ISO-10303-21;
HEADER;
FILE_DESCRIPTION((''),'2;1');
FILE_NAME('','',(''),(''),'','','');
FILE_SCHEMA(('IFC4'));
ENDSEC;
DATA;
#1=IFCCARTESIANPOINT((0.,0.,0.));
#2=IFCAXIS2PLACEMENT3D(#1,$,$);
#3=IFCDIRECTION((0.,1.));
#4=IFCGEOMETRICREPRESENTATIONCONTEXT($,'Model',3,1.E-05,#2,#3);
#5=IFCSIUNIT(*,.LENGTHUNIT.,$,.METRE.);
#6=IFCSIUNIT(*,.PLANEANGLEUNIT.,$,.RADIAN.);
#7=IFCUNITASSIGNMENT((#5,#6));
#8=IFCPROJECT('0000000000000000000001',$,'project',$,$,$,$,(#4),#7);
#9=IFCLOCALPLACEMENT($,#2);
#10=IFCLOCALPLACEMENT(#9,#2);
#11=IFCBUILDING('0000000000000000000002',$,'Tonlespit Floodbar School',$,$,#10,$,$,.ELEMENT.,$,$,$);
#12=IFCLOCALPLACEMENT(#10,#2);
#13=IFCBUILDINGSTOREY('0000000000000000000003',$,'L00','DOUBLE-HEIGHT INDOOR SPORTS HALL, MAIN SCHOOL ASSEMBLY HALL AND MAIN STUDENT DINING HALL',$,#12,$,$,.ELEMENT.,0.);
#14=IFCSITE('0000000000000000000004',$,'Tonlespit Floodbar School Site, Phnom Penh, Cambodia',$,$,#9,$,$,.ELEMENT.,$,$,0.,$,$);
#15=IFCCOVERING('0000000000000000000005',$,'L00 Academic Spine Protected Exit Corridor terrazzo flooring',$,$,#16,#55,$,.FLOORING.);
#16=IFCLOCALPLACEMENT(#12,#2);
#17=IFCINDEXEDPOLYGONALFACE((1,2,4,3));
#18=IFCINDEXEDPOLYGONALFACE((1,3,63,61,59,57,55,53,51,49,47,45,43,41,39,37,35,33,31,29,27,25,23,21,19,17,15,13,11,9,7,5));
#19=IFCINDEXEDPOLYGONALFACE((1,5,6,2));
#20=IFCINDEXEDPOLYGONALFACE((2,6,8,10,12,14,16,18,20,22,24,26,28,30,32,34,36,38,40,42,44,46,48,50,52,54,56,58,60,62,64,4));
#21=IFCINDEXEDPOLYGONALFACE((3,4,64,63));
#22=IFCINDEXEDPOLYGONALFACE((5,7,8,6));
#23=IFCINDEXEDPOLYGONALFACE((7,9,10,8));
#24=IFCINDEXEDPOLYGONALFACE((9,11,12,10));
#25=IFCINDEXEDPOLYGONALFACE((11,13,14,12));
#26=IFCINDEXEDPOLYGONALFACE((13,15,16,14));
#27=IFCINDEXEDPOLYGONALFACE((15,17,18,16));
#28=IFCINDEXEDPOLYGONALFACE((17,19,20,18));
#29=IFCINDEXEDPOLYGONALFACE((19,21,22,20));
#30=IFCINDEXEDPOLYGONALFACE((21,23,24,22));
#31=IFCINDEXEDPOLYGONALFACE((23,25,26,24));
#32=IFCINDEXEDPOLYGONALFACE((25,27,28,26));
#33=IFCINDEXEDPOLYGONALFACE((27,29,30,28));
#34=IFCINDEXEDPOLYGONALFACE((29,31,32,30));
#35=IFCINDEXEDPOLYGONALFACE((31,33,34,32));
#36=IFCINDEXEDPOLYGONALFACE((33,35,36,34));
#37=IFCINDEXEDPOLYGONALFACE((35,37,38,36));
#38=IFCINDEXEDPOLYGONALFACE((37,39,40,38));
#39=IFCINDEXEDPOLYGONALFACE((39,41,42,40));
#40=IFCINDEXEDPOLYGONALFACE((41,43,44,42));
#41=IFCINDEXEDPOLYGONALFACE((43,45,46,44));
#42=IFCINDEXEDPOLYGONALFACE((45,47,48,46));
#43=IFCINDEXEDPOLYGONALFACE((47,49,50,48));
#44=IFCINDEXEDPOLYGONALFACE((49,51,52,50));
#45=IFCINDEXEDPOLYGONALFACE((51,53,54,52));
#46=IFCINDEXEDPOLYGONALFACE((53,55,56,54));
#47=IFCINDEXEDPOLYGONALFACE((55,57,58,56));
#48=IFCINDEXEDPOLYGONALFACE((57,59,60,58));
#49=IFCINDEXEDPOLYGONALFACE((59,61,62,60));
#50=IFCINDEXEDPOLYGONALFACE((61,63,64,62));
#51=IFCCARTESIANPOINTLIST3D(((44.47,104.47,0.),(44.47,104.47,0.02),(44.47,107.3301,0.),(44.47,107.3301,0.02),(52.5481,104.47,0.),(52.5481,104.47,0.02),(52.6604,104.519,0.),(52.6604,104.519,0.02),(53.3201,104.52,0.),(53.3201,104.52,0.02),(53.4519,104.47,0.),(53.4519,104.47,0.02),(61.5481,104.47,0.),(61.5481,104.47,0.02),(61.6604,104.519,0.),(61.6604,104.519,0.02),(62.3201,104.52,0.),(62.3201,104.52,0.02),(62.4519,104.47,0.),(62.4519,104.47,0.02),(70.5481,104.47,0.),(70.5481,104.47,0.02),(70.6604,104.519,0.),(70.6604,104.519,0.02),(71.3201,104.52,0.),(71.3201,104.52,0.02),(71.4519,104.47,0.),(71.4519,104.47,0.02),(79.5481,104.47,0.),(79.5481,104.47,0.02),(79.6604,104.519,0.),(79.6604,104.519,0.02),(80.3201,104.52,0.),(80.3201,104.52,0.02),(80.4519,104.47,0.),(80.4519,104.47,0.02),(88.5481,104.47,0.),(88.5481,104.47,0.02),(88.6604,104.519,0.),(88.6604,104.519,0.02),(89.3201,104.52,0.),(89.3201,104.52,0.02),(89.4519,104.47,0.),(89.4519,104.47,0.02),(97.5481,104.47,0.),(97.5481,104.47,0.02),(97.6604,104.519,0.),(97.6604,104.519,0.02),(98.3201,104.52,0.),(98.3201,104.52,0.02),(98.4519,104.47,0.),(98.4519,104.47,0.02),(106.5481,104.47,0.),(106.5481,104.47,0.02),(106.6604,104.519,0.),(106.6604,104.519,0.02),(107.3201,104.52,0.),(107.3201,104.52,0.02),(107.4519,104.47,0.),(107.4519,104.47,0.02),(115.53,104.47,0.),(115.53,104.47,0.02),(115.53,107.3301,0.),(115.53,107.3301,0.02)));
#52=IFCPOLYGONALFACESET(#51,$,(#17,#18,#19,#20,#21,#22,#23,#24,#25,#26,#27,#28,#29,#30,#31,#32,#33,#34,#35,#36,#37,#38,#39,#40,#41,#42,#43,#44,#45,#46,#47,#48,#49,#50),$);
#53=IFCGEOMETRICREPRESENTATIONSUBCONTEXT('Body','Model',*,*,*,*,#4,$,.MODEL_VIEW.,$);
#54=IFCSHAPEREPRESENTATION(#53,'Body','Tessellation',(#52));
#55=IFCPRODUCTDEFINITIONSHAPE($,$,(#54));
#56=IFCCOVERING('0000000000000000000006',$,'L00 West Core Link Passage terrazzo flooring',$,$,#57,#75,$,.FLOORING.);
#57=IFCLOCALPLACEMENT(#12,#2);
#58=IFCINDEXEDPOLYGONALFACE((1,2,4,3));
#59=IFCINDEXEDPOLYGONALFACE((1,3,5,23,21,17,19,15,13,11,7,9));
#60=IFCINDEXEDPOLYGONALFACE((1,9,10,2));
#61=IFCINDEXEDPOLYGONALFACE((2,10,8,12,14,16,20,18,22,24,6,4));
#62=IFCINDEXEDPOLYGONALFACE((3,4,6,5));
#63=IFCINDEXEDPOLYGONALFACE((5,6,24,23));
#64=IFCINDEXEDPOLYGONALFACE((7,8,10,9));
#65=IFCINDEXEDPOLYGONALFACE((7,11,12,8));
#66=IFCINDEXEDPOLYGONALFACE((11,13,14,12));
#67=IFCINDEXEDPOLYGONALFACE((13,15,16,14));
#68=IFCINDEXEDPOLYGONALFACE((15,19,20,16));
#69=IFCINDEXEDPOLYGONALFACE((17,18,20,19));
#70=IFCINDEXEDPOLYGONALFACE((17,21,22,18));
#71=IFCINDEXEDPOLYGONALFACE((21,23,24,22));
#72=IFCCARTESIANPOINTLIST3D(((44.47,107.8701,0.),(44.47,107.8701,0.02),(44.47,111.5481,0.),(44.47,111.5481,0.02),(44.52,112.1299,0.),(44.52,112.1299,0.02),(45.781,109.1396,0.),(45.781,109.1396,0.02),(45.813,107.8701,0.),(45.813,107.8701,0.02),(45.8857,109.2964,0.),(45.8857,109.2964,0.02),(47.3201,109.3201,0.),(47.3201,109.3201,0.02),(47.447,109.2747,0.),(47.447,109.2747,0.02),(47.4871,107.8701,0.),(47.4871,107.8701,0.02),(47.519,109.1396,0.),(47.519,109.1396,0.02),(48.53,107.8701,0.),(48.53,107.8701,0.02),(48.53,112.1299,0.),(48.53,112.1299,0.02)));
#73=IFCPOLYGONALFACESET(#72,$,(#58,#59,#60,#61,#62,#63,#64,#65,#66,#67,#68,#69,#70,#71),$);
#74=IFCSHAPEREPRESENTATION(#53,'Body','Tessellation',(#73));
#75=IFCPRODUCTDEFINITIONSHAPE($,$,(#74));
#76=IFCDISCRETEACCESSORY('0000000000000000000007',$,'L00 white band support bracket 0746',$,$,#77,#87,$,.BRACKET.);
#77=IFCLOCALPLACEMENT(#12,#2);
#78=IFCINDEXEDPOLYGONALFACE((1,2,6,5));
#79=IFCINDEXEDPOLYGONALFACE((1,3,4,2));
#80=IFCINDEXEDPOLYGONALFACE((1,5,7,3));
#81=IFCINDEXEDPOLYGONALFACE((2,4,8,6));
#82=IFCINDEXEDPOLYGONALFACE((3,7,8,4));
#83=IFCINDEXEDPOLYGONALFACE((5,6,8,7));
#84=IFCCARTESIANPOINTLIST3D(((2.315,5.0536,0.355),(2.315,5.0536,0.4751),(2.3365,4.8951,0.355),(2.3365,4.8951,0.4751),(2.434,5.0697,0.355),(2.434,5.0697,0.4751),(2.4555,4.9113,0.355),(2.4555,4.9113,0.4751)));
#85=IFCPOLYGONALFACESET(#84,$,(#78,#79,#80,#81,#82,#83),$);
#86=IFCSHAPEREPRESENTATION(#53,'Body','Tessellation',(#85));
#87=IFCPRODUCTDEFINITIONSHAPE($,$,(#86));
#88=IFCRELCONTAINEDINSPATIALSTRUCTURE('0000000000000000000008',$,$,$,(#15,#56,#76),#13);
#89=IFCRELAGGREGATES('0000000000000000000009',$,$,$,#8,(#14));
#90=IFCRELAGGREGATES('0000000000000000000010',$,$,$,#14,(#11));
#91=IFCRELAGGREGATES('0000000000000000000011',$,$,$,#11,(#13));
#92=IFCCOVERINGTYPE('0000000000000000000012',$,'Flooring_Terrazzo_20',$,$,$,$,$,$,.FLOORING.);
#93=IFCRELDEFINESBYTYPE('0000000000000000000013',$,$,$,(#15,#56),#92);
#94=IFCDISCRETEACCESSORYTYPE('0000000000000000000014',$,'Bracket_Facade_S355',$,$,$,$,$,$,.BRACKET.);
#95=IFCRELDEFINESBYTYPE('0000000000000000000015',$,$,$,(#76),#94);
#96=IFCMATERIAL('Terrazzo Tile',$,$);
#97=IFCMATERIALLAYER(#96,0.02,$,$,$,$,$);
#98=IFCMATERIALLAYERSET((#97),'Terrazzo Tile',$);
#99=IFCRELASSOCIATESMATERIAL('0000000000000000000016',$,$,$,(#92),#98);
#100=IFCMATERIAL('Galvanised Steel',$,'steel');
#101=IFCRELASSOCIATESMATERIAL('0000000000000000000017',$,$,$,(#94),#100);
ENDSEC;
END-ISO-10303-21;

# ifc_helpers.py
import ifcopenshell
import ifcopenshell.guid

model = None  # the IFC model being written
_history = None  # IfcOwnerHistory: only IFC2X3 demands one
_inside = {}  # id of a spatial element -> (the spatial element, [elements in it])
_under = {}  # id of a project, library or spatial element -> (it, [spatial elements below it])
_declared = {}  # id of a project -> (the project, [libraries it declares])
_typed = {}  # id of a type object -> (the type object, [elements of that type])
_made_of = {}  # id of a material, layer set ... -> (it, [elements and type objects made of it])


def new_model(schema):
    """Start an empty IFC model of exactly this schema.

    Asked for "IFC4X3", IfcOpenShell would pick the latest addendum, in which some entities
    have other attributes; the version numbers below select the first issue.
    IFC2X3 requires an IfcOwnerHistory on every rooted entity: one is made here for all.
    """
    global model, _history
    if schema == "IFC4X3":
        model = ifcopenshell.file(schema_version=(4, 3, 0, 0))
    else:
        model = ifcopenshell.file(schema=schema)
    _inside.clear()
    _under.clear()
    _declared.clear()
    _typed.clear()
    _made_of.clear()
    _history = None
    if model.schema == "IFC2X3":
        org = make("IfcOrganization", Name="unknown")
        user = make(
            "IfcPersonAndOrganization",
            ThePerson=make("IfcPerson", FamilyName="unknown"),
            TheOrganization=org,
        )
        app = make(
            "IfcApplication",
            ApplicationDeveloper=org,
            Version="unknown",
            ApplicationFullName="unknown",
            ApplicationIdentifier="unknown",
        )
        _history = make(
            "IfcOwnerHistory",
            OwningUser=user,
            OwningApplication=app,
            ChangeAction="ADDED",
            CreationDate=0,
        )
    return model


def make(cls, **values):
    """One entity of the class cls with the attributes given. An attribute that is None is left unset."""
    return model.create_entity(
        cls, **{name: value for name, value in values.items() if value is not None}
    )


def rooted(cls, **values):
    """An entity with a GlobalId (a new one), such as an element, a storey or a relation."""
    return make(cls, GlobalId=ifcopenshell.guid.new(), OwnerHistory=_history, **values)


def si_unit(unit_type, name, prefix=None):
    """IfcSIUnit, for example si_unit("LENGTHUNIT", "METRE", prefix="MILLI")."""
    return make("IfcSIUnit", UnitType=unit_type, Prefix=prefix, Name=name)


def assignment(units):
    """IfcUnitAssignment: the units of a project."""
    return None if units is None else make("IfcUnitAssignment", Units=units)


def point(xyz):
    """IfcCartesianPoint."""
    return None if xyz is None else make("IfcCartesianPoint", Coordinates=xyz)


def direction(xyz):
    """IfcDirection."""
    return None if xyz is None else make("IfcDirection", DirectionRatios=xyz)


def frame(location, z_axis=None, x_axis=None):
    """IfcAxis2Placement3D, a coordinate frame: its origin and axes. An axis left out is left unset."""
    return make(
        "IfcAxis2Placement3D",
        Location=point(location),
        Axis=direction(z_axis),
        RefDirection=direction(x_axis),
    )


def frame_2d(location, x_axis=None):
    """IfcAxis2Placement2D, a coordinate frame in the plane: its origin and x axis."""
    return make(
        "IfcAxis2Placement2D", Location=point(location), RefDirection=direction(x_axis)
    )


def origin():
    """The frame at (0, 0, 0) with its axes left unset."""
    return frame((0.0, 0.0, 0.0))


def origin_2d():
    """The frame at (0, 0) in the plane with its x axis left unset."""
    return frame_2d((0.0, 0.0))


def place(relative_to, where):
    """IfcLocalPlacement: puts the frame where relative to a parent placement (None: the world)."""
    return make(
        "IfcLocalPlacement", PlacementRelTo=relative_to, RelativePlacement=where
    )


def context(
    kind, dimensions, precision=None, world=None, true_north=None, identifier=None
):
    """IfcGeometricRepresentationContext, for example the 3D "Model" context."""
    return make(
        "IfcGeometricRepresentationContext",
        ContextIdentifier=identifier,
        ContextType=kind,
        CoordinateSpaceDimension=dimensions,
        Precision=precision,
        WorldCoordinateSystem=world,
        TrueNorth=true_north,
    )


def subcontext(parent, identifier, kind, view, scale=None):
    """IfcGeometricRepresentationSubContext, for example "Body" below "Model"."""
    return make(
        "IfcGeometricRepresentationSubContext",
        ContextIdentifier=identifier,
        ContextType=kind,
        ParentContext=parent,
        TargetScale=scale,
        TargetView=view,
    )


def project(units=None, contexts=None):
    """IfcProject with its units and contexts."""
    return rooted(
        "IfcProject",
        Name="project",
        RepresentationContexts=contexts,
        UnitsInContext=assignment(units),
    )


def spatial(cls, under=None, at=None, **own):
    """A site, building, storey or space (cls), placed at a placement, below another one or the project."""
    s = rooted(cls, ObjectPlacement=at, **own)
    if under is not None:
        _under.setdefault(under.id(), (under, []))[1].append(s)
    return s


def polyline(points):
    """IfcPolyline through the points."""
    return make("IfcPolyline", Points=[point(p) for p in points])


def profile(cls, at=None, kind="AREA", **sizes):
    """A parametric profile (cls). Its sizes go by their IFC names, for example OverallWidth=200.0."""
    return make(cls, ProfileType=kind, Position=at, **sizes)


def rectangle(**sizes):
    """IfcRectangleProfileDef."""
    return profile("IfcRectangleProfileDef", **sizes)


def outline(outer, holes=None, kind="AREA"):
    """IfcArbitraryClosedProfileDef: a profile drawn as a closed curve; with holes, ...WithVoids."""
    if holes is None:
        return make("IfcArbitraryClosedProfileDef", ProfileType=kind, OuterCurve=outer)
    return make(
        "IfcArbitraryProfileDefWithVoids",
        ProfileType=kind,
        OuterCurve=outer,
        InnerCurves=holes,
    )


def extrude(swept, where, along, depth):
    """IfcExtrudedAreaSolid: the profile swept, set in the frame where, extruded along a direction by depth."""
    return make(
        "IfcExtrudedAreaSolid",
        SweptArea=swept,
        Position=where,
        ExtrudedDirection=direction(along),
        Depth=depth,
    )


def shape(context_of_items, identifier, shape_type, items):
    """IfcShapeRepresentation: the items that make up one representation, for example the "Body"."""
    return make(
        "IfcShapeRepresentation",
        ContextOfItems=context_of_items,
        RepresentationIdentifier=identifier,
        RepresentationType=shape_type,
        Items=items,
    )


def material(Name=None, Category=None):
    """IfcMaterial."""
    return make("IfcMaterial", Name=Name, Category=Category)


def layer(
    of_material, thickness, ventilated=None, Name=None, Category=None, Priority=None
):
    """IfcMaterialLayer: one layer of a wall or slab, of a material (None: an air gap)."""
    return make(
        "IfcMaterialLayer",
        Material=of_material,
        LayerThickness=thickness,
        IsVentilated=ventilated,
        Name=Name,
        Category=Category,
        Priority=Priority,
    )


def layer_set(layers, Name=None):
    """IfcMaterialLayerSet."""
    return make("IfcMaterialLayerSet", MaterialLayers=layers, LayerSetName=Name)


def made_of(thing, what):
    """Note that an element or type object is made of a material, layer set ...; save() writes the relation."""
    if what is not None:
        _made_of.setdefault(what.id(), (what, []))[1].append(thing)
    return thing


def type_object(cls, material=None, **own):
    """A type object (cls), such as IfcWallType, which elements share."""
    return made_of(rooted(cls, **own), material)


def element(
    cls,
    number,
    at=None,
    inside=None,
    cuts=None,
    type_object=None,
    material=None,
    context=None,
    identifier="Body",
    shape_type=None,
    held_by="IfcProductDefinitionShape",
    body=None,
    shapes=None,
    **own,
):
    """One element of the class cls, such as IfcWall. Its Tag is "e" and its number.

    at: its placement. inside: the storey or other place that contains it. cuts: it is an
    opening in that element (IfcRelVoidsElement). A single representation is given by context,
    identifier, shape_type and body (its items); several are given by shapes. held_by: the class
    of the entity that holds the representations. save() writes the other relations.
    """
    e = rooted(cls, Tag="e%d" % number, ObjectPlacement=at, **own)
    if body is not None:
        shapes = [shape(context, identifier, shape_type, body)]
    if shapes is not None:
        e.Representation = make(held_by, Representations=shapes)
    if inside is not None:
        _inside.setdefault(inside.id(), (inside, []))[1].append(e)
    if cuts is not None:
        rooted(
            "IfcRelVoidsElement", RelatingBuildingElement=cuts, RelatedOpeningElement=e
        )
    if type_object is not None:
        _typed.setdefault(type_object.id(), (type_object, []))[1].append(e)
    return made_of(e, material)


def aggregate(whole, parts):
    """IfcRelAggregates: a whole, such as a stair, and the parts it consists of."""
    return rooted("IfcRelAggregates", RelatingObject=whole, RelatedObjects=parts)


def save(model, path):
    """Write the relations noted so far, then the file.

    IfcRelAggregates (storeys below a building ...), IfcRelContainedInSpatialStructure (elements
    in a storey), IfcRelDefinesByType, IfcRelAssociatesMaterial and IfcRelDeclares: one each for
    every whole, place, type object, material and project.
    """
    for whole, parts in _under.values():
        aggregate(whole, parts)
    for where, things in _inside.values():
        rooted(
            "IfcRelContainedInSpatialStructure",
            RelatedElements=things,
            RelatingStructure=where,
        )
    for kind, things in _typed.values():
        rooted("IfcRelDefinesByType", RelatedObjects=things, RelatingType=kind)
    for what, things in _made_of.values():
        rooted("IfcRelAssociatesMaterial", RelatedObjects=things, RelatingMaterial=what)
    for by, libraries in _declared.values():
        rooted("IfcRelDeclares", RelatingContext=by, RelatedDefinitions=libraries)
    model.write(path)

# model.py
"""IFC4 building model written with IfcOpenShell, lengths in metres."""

from ifc_helpers import new_model, si_unit, direction, frame, origin, origin_2d, place, context, subcontext, project, spatial, polyline, rectangle, outline, extrude, material, layer, layer_set, type_object, element, save


model = new_model("IFC4")

# Units and contexts
model_context = context("Model", 3, precision=1e-05, world=origin(), true_north=direction((0.0, 1.0)))
body_context = subcontext(model_context, "Body", "Model", "MODEL_VIEW")
ifc_project = project(units=[si_unit("LENGTHUNIT", "METRE"), si_unit("PLANEANGLEUNIT", "RADIAN")], contexts=[model_context])

# Site, building, storey
site_placement = place(None, origin())
site = spatial("IfcSite", under=ifc_project, at=site_placement, Name="Tonlespit Floodbar School Site, Phnom Penh, Cambodia", CompositionType="ELEMENT", RefElevation=0.0)
building_placement = place(site_placement, origin())
building = spatial("IfcBuilding", under=site, at=building_placement, Name="Tonlespit Floodbar School", CompositionType="ELEMENT")
storey_placement = place(building_placement, origin())
storey = spatial("IfcBuildingStorey", under=building, at=storey_placement, Name="L00", Description="DOUBLE-HEIGHT INDOOR SPORTS HALL, MAIN SCHOOL ASSEMBLY HALL AND MAIN STUDENT DINING HALL", CompositionType="ELEMENT", Elevation=0.0)

# Coverings
ifc_material_1 = material(Name="Terrazzo Tile")
ifc_layer_1 = layer(ifc_material_1, 0.02)
ifc_layer_set_1 = layer_set([ifc_layer_1], Name="Terrazzo Tile")
covering_type_1 = type_object("IfcCoveringType", Name="Flooring_Terrazzo_20", PredefinedType="FLOORING", material=ifc_layer_set_1)
covering_1_placement = place(storey_placement, origin())
element("IfcCovering", 1, at=covering_1_placement, inside=storey, type_object=covering_type_1, Name="L00 Academic Spine Protected Exit Corridor terrazzo flooring", PredefinedType="FLOORING", context=body_context, shape_type="SweptSolid", body=[
    extrude(outline(polyline([(44.47, 104.47), (44.47, 107.3301), (115.53, 107.3301), (115.53, 104.47), (107.4519, 104.47), (107.3201, 104.52), (106.6604, 104.519), (106.5481, 104.47), (98.4519, 104.47), (98.3201, 104.52), (97.6604, 104.519), (97.5481, 104.47), (89.4519, 104.47), (89.3201, 104.52), (88.6604, 104.519), (88.5481, 104.47), (80.4519, 104.47), (80.3201, 104.52), (79.6604, 104.519), (79.5481, 104.47), (71.4519, 104.47), (71.3201, 104.52), (70.6604, 104.519), (70.5481, 104.47), (62.4519, 104.47), (62.3201, 104.52), (61.6604, 104.519), (61.5481, 104.47), (53.4519, 104.47), (53.3201, 104.52), (52.6604, 104.519), (52.5481, 104.47), (44.47, 104.47)])), origin(), (0.0, 0.0, 1.0), 0.02),
])
covering_2_placement = place(storey_placement, origin())
element("IfcCovering", 2, at=covering_2_placement, inside=storey, type_object=covering_type_1, Name="L00 West Core Link Passage terrazzo flooring", PredefinedType="FLOORING", context=body_context, shape_type="SweptSolid", body=[
    extrude(outline(polyline([(44.47, 111.5481), (44.52, 112.1299), (48.53, 112.1299), (48.53, 107.8701), (47.4871, 107.8701), (47.519, 109.1396), (47.447, 109.2747), (47.3201, 109.3201), (45.8857, 109.2964), (45.781, 109.1396), (45.813, 107.8701), (44.47, 107.8701), (44.47, 111.5481)])), origin(), (0.0, 0.0, 1.0), 0.02),
])

# Discrete accessory
ifc_material_2 = material(Name="Galvanised Steel", Category="steel")
discrete_accessory_type = type_object("IfcDiscreteAccessoryType", Name="Bracket_Facade_S355", PredefinedType="BRACKET", material=ifc_material_2)
discrete_accessory_placement = place(storey_placement, frame((2.3853, 4.9824, 0.355), z_axis=(0.0, 0.0, 1.0), x_axis=(-0.134662, 0.990892, 0.0)))
element("IfcDiscreteAccessory", 3, at=discrete_accessory_placement, inside=storey, type_object=discrete_accessory_type, Name="L00 white band support bracket 0746", PredefinedType="BRACKET", context=body_context, shape_type="SweptSolid", body=[
    extrude(rectangle(XDim=0.1599, YDim=0.1201, at=origin_2d()), origin(), (0.0, 0.0, 1.0), 0.1201),
])

save(model, "model.ifc")
